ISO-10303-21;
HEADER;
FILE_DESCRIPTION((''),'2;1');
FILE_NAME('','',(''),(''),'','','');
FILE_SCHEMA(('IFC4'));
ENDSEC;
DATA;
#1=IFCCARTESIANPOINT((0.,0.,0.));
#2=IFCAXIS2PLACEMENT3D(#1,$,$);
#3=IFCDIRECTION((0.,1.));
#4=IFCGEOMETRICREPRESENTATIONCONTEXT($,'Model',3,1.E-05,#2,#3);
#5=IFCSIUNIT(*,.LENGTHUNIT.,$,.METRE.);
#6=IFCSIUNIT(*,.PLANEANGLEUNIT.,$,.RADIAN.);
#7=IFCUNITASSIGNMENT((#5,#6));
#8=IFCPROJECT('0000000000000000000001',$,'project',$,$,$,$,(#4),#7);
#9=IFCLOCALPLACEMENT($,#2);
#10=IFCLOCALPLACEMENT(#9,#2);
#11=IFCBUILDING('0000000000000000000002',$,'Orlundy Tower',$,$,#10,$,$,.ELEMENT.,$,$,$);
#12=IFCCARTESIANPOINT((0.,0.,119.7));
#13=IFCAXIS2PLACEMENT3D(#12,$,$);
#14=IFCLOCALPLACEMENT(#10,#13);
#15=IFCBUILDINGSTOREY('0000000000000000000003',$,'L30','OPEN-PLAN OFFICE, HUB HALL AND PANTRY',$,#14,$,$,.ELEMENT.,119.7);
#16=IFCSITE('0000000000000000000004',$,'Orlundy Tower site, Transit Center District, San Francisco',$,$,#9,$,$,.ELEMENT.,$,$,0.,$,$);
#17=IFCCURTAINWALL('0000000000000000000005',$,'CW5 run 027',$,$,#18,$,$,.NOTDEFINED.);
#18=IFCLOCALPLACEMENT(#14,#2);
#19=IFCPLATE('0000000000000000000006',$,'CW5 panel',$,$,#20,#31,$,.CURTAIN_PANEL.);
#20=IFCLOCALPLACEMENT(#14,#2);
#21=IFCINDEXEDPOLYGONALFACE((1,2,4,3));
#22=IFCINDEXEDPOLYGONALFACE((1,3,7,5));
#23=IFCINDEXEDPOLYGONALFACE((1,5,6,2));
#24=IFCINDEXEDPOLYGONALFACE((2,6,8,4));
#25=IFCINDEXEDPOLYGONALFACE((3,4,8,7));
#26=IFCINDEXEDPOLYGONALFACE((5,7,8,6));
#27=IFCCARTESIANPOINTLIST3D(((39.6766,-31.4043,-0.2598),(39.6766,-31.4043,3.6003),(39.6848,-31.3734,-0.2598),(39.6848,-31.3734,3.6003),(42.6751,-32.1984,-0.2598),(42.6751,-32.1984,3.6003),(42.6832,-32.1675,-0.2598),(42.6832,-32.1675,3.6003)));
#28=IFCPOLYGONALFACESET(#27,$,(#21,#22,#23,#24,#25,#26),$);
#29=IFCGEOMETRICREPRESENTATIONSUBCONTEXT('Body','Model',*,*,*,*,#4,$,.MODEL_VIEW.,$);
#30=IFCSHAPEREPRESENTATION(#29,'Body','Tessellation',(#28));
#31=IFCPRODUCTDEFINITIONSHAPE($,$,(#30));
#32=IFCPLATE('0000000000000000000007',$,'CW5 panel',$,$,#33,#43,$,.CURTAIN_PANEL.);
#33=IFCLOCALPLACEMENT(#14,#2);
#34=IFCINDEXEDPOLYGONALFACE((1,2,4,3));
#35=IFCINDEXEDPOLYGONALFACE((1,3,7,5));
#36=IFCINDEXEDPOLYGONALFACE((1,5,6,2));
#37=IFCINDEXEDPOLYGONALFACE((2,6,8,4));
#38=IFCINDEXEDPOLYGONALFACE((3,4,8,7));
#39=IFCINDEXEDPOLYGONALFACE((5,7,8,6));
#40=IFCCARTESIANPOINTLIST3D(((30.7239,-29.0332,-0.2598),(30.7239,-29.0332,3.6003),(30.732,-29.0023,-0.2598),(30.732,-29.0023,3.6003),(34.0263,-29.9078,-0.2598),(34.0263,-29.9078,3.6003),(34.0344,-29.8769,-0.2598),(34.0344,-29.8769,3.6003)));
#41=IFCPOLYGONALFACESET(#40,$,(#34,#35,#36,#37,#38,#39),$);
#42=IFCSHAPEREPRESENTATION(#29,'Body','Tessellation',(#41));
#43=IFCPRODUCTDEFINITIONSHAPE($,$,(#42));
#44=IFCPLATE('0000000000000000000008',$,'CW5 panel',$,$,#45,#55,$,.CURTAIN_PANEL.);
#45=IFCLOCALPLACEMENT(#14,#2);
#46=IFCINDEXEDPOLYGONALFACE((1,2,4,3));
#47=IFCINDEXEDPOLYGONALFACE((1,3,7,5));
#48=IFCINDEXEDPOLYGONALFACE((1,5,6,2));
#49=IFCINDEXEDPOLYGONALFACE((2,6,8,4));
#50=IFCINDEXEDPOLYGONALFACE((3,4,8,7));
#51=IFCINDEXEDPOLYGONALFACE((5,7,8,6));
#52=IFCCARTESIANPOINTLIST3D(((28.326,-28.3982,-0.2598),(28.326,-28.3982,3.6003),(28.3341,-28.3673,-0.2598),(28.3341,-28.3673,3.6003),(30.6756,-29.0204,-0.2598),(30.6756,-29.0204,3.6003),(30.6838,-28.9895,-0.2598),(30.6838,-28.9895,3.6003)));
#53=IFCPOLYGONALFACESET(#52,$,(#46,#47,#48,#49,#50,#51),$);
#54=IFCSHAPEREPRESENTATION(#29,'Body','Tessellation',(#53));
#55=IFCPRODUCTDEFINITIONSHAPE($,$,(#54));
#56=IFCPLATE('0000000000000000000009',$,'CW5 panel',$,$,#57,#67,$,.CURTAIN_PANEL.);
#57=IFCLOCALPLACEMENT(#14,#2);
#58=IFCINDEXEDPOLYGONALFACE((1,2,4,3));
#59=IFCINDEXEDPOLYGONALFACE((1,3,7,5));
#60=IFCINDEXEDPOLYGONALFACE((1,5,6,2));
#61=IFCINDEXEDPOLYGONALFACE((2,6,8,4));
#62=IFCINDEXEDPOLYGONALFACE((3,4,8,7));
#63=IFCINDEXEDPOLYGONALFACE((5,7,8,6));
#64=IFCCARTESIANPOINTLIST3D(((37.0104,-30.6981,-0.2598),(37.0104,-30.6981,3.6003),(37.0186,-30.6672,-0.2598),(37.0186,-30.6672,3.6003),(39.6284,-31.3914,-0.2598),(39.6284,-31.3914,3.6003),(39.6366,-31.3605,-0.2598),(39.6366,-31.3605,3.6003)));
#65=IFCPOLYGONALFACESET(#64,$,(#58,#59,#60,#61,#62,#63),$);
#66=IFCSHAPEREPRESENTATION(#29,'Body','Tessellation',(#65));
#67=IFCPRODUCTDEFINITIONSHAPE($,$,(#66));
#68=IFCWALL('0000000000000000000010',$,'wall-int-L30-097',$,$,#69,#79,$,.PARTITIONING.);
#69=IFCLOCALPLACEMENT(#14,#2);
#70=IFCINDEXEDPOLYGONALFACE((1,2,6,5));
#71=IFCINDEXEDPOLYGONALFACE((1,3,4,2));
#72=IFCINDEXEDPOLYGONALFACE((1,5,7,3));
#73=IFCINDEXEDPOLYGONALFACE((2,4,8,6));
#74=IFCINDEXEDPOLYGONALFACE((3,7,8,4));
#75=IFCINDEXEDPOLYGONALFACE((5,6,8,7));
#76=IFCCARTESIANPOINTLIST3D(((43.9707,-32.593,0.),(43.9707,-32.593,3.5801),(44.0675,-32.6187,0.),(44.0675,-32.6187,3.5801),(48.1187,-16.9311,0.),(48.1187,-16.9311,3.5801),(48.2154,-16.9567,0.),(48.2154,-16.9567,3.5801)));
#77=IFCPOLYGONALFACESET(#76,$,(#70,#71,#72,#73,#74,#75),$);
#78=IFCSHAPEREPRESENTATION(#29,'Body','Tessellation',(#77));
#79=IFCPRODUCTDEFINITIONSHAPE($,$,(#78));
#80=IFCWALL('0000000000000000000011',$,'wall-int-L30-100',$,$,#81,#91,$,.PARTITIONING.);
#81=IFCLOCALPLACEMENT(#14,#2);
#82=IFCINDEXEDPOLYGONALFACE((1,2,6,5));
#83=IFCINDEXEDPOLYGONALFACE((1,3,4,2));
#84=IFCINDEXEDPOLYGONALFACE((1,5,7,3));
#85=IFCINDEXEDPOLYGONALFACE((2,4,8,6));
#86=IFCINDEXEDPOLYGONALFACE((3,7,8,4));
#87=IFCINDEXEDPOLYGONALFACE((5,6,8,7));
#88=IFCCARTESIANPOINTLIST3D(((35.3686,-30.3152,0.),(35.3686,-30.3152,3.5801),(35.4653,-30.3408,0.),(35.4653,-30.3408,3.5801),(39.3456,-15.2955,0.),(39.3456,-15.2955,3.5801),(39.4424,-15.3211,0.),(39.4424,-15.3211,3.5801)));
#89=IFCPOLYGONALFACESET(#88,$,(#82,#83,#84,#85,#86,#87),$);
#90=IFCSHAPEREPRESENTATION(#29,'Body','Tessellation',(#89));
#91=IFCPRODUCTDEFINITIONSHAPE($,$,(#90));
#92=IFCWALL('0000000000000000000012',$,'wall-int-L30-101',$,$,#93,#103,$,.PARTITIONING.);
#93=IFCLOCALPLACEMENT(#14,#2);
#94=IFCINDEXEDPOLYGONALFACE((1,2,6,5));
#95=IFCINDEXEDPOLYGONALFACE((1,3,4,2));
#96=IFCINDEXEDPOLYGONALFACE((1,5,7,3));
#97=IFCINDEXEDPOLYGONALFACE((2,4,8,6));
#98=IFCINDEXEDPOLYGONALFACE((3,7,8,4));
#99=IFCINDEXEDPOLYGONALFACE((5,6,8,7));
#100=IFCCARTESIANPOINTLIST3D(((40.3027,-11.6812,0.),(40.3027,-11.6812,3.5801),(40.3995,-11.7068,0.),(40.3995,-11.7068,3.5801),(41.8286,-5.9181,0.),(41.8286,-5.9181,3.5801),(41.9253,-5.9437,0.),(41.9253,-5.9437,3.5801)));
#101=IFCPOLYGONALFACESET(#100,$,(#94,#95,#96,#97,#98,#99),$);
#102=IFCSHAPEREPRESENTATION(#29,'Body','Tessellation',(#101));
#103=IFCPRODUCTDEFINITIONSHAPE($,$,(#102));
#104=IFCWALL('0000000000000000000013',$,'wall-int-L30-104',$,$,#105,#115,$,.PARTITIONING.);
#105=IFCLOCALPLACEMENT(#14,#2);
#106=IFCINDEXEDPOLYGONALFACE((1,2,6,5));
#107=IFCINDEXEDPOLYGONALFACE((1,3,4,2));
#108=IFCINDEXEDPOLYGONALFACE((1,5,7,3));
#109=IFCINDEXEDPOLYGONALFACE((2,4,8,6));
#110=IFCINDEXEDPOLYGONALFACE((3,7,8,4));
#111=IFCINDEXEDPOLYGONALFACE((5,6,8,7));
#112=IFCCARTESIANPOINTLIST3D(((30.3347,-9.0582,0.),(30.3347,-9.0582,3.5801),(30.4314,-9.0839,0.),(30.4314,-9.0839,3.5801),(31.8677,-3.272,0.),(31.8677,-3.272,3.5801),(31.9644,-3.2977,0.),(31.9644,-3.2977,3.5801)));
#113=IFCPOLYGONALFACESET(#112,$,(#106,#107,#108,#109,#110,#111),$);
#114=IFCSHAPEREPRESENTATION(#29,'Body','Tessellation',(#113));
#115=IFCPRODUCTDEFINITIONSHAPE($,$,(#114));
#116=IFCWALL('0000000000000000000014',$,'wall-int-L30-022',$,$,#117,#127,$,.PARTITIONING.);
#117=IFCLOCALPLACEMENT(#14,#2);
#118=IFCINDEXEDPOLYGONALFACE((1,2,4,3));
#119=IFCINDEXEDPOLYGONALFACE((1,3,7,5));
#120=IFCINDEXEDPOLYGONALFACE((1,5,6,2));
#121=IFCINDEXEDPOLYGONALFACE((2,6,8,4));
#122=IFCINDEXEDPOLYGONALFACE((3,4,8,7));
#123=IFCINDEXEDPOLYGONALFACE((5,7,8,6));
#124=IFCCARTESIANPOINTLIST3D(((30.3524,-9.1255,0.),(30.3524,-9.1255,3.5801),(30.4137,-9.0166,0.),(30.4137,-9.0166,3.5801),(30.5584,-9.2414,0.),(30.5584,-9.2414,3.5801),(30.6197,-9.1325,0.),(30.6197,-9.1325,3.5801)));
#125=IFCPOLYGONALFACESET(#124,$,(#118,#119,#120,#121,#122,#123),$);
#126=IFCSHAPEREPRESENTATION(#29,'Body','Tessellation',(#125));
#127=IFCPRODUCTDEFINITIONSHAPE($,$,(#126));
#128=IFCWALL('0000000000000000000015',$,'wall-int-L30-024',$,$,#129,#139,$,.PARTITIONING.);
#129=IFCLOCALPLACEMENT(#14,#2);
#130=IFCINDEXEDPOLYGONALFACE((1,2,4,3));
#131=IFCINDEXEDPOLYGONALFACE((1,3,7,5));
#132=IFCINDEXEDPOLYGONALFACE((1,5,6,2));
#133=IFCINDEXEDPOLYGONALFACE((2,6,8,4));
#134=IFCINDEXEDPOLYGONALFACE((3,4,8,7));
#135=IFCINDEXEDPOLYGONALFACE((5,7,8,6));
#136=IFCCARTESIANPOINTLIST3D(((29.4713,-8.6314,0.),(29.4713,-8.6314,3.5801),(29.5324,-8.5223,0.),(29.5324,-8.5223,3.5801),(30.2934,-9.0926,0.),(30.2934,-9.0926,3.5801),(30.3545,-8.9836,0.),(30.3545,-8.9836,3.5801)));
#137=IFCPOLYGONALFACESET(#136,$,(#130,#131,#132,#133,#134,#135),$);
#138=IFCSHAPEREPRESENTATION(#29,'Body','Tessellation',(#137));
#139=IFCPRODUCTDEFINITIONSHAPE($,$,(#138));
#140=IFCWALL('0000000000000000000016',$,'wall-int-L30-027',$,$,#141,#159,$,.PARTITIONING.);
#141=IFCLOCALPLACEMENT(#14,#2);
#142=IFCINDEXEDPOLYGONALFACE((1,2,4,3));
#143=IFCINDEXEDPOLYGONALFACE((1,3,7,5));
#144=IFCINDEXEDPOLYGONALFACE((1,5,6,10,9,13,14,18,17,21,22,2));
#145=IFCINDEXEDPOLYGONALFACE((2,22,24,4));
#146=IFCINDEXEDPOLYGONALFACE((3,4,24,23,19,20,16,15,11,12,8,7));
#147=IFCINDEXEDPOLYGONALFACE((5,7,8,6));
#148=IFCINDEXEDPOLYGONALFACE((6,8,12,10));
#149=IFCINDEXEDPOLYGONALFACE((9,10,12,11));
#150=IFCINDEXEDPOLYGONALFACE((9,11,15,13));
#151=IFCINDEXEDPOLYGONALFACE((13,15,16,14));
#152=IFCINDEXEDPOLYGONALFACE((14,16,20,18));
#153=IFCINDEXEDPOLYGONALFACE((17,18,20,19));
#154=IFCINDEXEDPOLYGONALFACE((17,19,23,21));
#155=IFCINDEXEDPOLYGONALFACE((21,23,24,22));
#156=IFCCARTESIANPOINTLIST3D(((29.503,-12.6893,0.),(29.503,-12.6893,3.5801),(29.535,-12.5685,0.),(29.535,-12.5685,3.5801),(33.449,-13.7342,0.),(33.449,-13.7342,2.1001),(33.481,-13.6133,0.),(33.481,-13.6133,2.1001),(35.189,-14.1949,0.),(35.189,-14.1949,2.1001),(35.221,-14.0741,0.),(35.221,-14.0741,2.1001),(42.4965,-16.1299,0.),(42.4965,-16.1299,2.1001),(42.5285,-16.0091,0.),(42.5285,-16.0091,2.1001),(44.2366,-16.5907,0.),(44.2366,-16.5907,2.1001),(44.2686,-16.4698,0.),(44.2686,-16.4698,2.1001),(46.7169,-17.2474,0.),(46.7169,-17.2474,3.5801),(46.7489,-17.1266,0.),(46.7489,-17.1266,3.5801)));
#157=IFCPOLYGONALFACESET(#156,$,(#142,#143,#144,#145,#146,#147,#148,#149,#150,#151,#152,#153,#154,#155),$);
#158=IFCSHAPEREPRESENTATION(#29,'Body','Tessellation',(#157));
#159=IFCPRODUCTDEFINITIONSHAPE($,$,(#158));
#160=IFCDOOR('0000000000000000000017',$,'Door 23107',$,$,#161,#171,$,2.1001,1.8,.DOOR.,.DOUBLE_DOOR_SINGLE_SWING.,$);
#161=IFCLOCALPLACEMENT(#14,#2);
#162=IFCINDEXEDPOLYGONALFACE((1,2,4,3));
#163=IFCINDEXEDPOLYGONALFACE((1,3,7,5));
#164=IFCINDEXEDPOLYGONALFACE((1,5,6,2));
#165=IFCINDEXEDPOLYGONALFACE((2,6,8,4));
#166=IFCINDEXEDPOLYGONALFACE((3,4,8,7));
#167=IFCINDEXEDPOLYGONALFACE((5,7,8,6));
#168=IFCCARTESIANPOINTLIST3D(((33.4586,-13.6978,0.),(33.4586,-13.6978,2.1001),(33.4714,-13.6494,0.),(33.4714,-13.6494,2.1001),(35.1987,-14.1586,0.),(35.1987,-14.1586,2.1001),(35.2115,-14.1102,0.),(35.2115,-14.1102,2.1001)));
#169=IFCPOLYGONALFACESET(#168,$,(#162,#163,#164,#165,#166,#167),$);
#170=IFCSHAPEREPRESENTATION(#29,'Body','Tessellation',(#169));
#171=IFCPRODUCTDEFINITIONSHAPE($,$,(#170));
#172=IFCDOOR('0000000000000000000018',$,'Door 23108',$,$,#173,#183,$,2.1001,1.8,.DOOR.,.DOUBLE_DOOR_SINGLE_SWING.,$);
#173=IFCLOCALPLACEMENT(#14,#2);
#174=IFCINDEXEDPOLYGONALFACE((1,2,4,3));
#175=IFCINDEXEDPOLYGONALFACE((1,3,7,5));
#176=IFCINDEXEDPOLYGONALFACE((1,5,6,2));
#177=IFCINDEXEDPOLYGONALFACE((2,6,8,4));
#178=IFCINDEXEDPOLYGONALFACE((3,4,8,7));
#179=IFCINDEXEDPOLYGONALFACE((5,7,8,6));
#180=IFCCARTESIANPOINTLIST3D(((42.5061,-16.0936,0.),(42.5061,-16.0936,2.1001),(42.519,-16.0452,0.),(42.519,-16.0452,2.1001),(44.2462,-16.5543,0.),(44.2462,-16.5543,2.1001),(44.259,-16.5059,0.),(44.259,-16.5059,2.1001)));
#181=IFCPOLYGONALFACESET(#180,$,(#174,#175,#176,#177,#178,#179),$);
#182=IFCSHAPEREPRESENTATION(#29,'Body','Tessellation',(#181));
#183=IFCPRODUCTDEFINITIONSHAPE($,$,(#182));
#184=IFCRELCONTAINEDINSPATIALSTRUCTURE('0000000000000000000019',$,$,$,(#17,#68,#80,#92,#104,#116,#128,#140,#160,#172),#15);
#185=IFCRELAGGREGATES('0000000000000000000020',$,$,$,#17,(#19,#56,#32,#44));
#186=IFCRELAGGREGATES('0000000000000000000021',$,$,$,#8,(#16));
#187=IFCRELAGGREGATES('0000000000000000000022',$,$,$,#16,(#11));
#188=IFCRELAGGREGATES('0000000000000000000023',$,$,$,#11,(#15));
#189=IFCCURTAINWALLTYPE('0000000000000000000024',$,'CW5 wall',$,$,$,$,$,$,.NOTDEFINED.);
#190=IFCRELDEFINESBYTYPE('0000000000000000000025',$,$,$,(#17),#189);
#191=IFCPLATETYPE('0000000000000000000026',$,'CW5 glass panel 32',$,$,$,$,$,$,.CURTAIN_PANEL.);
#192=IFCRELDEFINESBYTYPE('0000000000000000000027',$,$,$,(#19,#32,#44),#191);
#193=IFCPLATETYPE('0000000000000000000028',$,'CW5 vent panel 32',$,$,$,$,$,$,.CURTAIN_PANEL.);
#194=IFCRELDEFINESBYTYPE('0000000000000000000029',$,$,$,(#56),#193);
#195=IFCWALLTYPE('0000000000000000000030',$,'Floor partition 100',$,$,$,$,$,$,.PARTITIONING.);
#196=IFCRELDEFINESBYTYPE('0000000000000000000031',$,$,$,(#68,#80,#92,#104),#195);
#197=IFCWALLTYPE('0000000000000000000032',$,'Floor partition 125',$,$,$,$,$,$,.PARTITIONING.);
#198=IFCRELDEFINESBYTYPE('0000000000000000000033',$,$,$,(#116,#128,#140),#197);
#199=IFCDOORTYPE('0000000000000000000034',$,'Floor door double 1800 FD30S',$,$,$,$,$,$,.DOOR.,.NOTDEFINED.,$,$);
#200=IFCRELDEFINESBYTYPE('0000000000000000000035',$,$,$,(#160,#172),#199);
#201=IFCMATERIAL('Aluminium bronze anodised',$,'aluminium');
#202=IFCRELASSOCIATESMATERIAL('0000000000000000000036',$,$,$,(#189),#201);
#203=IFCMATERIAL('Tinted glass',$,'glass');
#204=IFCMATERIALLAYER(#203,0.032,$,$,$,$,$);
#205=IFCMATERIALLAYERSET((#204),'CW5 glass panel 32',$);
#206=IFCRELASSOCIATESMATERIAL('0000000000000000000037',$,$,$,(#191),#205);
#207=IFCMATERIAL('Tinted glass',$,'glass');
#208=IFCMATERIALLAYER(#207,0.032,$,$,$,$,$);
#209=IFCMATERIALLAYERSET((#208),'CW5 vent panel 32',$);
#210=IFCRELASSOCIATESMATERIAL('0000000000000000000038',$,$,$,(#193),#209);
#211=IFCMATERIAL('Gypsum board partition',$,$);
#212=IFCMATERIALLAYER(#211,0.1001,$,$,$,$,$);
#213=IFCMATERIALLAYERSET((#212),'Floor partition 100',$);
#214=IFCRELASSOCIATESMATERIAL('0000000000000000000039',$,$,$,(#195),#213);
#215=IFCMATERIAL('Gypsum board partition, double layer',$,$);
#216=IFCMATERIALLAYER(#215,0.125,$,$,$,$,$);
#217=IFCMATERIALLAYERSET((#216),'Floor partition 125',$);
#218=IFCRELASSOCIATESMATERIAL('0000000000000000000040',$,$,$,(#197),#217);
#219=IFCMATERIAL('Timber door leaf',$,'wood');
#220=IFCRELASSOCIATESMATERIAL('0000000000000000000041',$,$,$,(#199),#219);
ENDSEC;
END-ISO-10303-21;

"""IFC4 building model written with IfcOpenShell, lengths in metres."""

from ifc_helpers import new_model, si_unit, direction, frame, frame_2d, origin, origin_2d, place, context, subcontext, project, spatial, rectangle, extrude, material, layer, layer_set, type_object, element, fill, aggregate, save


model = new_model("IFC4")

# Units and contexts
model_context = context("Model", 3, precision=1e-05, world=origin(), true_north=direction((0.0, 1.0)))
body_context = subcontext(model_context, "Body", "Model", "MODEL_VIEW")
ifc_project = project(units=[si_unit("LENGTHUNIT", "METRE"), si_unit("PLANEANGLEUNIT", "RADIAN")], contexts=[model_context])

# Site, building, storey
site_placement = place(None, origin())
site = spatial("IfcSite", under=ifc_project, at=site_placement, Name="Orlundy Tower site, Transit Center District, San Francisco", CompositionType="ELEMENT", RefElevation=0.0)
building_placement = place(site_placement, origin())
building = spatial("IfcBuilding", under=site, at=building_placement, Name="Orlundy Tower", CompositionType="ELEMENT")
storey_placement = place(building_placement, frame((0.0, 0.0, 119.7)))
storey = spatial("IfcBuildingStorey", under=building, at=storey_placement, Name="L30", Description="OPEN-PLAN OFFICE, HUB HALL AND PANTRY", CompositionType="ELEMENT", Elevation=119.7)

# Curtain wall, plates
ifc_material_1 = material(Name="Aluminium bronze anodised", Category="aluminium")
curtain_wall_type = type_object("IfcCurtainWallType", Name="CW5 wall", PredefinedType="NOTDEFINED", material=ifc_material_1)
curtain_wall_placement = place(storey_placement, origin())
curtain_wall = element("IfcCurtainWall", 1, at=curtain_wall_placement, inside=storey, type_object=curtain_wall_type, Name="CW5 run 027", PredefinedType="NOTDEFINED")
ifc_material_2 = material(Name="Tinted glass", Category="glass")
ifc_layer_1 = layer(ifc_material_2, 0.032)
ifc_layer_set_1 = layer_set([ifc_layer_1], Name="CW5 glass panel 32")
plate_type_1 = type_object("IfcPlateType", Name="CW5 glass panel 32", PredefinedType="CURTAIN_PANEL", material=ifc_layer_set_1)
plate_1_placement = place(storey_placement, frame((41.1799, -31.7859, -0.2598), z_axis=(0.0, 0.0, 1.0), x_axis=(-0.966674, 0.256011, 0.0)))
plate_1 = element("IfcPlate", 2, at=plate_1_placement, type_object=plate_type_1, Name="CW5 panel", PredefinedType="CURTAIN_PANEL", context=body_context, shape_type="SweptSolid", body=[
    extrude(rectangle(XDim=3.1018, YDim=0.032, at=origin_2d()), origin(), (0.0, 0.0, 1.0), 3.8601),
])
plate_2_placement = place(storey_placement, frame((32.3792, -29.4551, -0.2598), z_axis=(0.0, 0.0, 1.0), x_axis=(-0.966674, 0.256011, 0.0)))
plate_2 = element("IfcPlate", 3, at=plate_2_placement, type_object=plate_type_1, Name="CW5 panel", PredefinedType="CURTAIN_PANEL", context=body_context, shape_type="SweptSolid", body=[
    extrude(rectangle(XDim=3.4163, YDim=0.032, at=origin_2d()), origin(), (0.0, 0.0, 1.0), 3.8601),
])
plate_3_placement = place(storey_placement, frame((29.5049, -28.6938, -0.2598), z_axis=(0.0, 0.0, 1.0), x_axis=(-0.966674, 0.256011, 0.0)))
plate_3 = element("IfcPlate", 4, at=plate_3_placement, type_object=plate_type_1, Name="CW5 panel", PredefinedType="CURTAIN_PANEL", context=body_context, shape_type="SweptSolid", body=[
    extrude(rectangle(XDim=2.4307, YDim=0.032, at=origin_2d()), origin(), (0.0, 0.0, 1.0), 3.8601),
])
ifc_material_3 = material(Name="Tinted glass", Category="glass")
ifc_layer_2 = layer(ifc_material_3, 0.032)
ifc_layer_set_2 = layer_set([ifc_layer_2], Name="CW5 vent panel 32")
plate_type_2 = type_object("IfcPlateType", Name="CW5 vent panel 32", PredefinedType="CURTAIN_PANEL", material=ifc_layer_set_2)
plate_4_placement = place(storey_placement, frame((38.3235, -31.0293, -0.2598), z_axis=(0.0, 0.0, 1.0), x_axis=(-0.966674, 0.256011, 0.0)))
plate_4 = element("IfcPlate", 5, at=plate_4_placement, type_object=plate_type_2, Name="CW5 panel", PredefinedType="CURTAIN_PANEL", context=body_context, shape_type="SweptSolid", body=[
    extrude(rectangle(XDim=2.7083, YDim=0.032, at=origin_2d()), origin(), (0.0, 0.0, 1.0), 3.8601),
])
aggregate(curtain_wall, [plate_1, plate_4, plate_2, plate_3])

# Walls
ifc_material_4 = material(Name="Gypsum board partition")
ifc_layer_3 = layer(ifc_material_4, 0.1001)
ifc_layer_set_3 = layer_set([ifc_layer_3], Name="Floor partition 100")
wall_type_1 = type_object("IfcWallType", Name="Floor partition 100", PredefinedType="PARTITIONING", material=ifc_layer_set_3)
wall_1_placement = place(storey_placement, frame((44.019, -32.606, 0.0), z_axis=(0.0, 0.0, 1.0), x_axis=(0.256017, 0.966672, 0.0)))
element("IfcWall", 6, at=wall_1_placement, inside=storey, type_object=wall_type_1, Name="wall-int-L30-097", PredefinedType="PARTITIONING", context=body_context, shape_type="SweptSolid", body=[
    extrude(rectangle(XDim=16.2019, YDim=0.1001, at=frame_2d((8.1011, 0.0))), origin(), (0.0, 0.0, 1.0), 3.5801),
])
wall_2_placement = place(storey_placement, frame((35.417, -30.3279, 0.0), z_axis=(0.0, 0.0, 1.0), x_axis=(0.255966, 0.966686, 0.0)))
element("IfcWall", 7, at=wall_2_placement, inside=storey, type_object=wall_type_1, Name="wall-int-L30-100", PredefinedType="PARTITIONING", context=body_context, shape_type="SweptSolid", body=[
    extrude(rectangle(XDim=15.5374, YDim=0.1001, at=frame_2d((7.7686, 0.0))), origin(), (0.0, 0.0, 1.0), 3.5801),
])
wall_3_placement = place(storey_placement, frame((40.3511, -11.6941, 0.0), z_axis=(0.0, 0.0, 1.0), x_axis=(0.255944, 0.966692, 0.0)))
element("IfcWall", 8, at=wall_3_placement, inside=storey, type_object=wall_type_1, Name="wall-int-L30-101", PredefinedType="PARTITIONING", context=body_context, shape_type="SweptSolid", body=[
    extrude(rectangle(XDim=5.9617, YDim=0.1001, at=frame_2d((2.981, 0.0))), origin(), (0.0, 0.0, 1.0), 3.5801),
])
wall_4_placement = place(storey_placement, frame((30.3831, -9.071, 0.0), z_axis=(0.0, 0.0, 1.0), x_axis=(0.256101, 0.96665, 0.0)))
element("IfcWall", 9, at=wall_4_placement, inside=storey, type_object=wall_type_1, Name="wall-int-L30-104", PredefinedType="PARTITIONING", context=body_context, shape_type="SweptSolid", body=[
    extrude(rectangle(XDim=5.9858, YDim=0.1001, at=frame_2d((2.9929, 0.0))), origin(), (0.0, 0.0, 1.0), 3.5801),
])
ifc_material_5 = material(Name="Gypsum board partition, double layer")
ifc_layer_4 = layer(ifc_material_5, 0.125)
ifc_layer_set_4 = layer_set([ifc_layer_4], Name="Floor partition 125")
wall_type_2 = type_object("IfcWallType", Name="Floor partition 125", PredefinedType="PARTITIONING", material=ifc_layer_set_4)
wall_5_placement = place(storey_placement, frame((30.3831, -9.071, 0.0), z_axis=(0.0, 0.0, 1.0), x_axis=(0.871465, -0.490457, 0.0)))
element("IfcWall", 10, at=wall_5_placement, inside=storey, type_object=wall_type_2, Name="wall-int-L30-022", PredefinedType="PARTITIONING", context=body_context, shape_type="SweptSolid", body=[
    extrude(rectangle(XDim=0.2363, YDim=0.125, at=frame_2d((0.1182, 0.0))), origin(), (0.0, 0.0, 1.0), 3.5801),
])
wall_6_placement = place(storey_placement, frame((29.502, -8.5769, 0.0), z_axis=(0.0, 0.0, 1.0), x_axis=(0.872121, -0.489289, 0.0)))
element("IfcWall", 11, at=wall_6_placement, inside=storey, type_object=wall_type_2, Name="wall-int-L30-024", PredefinedType="PARTITIONING", context=body_context, shape_type="SweptSolid", body=[
    extrude(rectangle(XDim=0.9426, YDim=0.125, at=frame_2d((0.4712, 0.0))), origin(), (0.0, 0.0, 1.0), 3.5801),
])

# Wall, openings, doors
wall_7_placement = place(storey_placement, frame((46.7329, -17.187, 0.0), z_axis=(0.0, 0.0, 1.0), x_axis=(-0.966684, 0.255971, 0.0)))
wall_7 = element("IfcWall", 12, at=wall_7_placement, inside=storey, type_object=wall_type_2, Name="wall-int-L30-027", PredefinedType="PARTITIONING", context=body_context, shape_type="SweptSolid", body=[
    extrude(rectangle(XDim=17.8071, YDim=0.125, at=frame_2d((8.9036, 0.0))), origin(), (0.0, 0.0, 1.0), 3.5801),
])
opening_1_placement = place(wall_7_placement, frame((11.9253, 0.0, 0.0)))
opening_1 = element("IfcOpeningElement", 13, at=opening_1_placement, cuts=wall_7, PredefinedType="OPENING", context=body_context, shape_type="SweptSolid", body=[
    extrude(rectangle(XDim=1.8, YDim=2.1001, at=frame_2d((0.8999, 1.05))), frame((0.0, 0.0725, 0.0), z_axis=(0.0, -1.0, 0.0), x_axis=(1.0, 0.0, 0.0)), (0.0, 0.0, 1.0), 0.145),
])
opening_2_placement = place(wall_7_placement, frame((2.5659, 0.0, 0.0)))
opening_2 = element("IfcOpeningElement", 14, at=opening_2_placement, cuts=wall_7, PredefinedType="OPENING", context=body_context, shape_type="SweptSolid", body=[
    extrude(rectangle(XDim=1.8, YDim=2.1001, at=frame_2d((0.8999, 1.05))), frame((0.0, 0.0725, 0.0), z_axis=(0.0, -1.0, 0.0), x_axis=(1.0, 0.0, 0.0)), (0.0, 0.0, 1.0), 0.145),
])
ifc_material_6 = material(Name="Timber door leaf", Category="wood")
door_type_1 = type_object("IfcDoorType", Name="Floor door double 1800 FD30S", OperationType="NOTDEFINED", PredefinedType="DOOR", material=ifc_material_6)
door_1_placement = place(opening_1_placement, origin())
door_1 = element("IfcDoor", 15, at=door_1_placement, inside=storey, type_object=door_type_1, Name="Door 23107", OperationType="DOUBLE_DOOR_SINGLE_SWING", OverallHeight=2.1001, OverallWidth=1.8, PredefinedType="DOOR", context=body_context, shape_type="SweptSolid", body=[
    extrude(rectangle(XDim=1.8, YDim=2.1001, at=frame_2d((0.8999, 1.05))), frame((0.0, 0.0249, 0.0), z_axis=(0.0, -1.0, 0.0), x_axis=(1.0, 0.0, 0.0)), (0.0, 0.0, 1.0), 0.05),
])
fill(opening_1, door_1)
door_2_placement = place(opening_2_placement, origin())
door_2 = element("IfcDoor", 16, at=door_2_placement, inside=storey, type_object=door_type_1, Name="Door 23108", OperationType="DOUBLE_DOOR_SINGLE_SWING", OverallHeight=2.1001, OverallWidth=1.8, PredefinedType="DOOR", context=body_context, shape_type="SweptSolid", body=[
    extrude(rectangle(XDim=1.8, YDim=2.1001, at=frame_2d((0.8999, 1.05))), frame((0.0, 0.0249, 0.0), z_axis=(0.0, -1.0, 0.0), x_axis=(1.0, 0.0, 0.0)), (0.0, 0.0, 1.0), 0.05),
])
fill(opening_2, door_2)

save(model, "model.ifc")
